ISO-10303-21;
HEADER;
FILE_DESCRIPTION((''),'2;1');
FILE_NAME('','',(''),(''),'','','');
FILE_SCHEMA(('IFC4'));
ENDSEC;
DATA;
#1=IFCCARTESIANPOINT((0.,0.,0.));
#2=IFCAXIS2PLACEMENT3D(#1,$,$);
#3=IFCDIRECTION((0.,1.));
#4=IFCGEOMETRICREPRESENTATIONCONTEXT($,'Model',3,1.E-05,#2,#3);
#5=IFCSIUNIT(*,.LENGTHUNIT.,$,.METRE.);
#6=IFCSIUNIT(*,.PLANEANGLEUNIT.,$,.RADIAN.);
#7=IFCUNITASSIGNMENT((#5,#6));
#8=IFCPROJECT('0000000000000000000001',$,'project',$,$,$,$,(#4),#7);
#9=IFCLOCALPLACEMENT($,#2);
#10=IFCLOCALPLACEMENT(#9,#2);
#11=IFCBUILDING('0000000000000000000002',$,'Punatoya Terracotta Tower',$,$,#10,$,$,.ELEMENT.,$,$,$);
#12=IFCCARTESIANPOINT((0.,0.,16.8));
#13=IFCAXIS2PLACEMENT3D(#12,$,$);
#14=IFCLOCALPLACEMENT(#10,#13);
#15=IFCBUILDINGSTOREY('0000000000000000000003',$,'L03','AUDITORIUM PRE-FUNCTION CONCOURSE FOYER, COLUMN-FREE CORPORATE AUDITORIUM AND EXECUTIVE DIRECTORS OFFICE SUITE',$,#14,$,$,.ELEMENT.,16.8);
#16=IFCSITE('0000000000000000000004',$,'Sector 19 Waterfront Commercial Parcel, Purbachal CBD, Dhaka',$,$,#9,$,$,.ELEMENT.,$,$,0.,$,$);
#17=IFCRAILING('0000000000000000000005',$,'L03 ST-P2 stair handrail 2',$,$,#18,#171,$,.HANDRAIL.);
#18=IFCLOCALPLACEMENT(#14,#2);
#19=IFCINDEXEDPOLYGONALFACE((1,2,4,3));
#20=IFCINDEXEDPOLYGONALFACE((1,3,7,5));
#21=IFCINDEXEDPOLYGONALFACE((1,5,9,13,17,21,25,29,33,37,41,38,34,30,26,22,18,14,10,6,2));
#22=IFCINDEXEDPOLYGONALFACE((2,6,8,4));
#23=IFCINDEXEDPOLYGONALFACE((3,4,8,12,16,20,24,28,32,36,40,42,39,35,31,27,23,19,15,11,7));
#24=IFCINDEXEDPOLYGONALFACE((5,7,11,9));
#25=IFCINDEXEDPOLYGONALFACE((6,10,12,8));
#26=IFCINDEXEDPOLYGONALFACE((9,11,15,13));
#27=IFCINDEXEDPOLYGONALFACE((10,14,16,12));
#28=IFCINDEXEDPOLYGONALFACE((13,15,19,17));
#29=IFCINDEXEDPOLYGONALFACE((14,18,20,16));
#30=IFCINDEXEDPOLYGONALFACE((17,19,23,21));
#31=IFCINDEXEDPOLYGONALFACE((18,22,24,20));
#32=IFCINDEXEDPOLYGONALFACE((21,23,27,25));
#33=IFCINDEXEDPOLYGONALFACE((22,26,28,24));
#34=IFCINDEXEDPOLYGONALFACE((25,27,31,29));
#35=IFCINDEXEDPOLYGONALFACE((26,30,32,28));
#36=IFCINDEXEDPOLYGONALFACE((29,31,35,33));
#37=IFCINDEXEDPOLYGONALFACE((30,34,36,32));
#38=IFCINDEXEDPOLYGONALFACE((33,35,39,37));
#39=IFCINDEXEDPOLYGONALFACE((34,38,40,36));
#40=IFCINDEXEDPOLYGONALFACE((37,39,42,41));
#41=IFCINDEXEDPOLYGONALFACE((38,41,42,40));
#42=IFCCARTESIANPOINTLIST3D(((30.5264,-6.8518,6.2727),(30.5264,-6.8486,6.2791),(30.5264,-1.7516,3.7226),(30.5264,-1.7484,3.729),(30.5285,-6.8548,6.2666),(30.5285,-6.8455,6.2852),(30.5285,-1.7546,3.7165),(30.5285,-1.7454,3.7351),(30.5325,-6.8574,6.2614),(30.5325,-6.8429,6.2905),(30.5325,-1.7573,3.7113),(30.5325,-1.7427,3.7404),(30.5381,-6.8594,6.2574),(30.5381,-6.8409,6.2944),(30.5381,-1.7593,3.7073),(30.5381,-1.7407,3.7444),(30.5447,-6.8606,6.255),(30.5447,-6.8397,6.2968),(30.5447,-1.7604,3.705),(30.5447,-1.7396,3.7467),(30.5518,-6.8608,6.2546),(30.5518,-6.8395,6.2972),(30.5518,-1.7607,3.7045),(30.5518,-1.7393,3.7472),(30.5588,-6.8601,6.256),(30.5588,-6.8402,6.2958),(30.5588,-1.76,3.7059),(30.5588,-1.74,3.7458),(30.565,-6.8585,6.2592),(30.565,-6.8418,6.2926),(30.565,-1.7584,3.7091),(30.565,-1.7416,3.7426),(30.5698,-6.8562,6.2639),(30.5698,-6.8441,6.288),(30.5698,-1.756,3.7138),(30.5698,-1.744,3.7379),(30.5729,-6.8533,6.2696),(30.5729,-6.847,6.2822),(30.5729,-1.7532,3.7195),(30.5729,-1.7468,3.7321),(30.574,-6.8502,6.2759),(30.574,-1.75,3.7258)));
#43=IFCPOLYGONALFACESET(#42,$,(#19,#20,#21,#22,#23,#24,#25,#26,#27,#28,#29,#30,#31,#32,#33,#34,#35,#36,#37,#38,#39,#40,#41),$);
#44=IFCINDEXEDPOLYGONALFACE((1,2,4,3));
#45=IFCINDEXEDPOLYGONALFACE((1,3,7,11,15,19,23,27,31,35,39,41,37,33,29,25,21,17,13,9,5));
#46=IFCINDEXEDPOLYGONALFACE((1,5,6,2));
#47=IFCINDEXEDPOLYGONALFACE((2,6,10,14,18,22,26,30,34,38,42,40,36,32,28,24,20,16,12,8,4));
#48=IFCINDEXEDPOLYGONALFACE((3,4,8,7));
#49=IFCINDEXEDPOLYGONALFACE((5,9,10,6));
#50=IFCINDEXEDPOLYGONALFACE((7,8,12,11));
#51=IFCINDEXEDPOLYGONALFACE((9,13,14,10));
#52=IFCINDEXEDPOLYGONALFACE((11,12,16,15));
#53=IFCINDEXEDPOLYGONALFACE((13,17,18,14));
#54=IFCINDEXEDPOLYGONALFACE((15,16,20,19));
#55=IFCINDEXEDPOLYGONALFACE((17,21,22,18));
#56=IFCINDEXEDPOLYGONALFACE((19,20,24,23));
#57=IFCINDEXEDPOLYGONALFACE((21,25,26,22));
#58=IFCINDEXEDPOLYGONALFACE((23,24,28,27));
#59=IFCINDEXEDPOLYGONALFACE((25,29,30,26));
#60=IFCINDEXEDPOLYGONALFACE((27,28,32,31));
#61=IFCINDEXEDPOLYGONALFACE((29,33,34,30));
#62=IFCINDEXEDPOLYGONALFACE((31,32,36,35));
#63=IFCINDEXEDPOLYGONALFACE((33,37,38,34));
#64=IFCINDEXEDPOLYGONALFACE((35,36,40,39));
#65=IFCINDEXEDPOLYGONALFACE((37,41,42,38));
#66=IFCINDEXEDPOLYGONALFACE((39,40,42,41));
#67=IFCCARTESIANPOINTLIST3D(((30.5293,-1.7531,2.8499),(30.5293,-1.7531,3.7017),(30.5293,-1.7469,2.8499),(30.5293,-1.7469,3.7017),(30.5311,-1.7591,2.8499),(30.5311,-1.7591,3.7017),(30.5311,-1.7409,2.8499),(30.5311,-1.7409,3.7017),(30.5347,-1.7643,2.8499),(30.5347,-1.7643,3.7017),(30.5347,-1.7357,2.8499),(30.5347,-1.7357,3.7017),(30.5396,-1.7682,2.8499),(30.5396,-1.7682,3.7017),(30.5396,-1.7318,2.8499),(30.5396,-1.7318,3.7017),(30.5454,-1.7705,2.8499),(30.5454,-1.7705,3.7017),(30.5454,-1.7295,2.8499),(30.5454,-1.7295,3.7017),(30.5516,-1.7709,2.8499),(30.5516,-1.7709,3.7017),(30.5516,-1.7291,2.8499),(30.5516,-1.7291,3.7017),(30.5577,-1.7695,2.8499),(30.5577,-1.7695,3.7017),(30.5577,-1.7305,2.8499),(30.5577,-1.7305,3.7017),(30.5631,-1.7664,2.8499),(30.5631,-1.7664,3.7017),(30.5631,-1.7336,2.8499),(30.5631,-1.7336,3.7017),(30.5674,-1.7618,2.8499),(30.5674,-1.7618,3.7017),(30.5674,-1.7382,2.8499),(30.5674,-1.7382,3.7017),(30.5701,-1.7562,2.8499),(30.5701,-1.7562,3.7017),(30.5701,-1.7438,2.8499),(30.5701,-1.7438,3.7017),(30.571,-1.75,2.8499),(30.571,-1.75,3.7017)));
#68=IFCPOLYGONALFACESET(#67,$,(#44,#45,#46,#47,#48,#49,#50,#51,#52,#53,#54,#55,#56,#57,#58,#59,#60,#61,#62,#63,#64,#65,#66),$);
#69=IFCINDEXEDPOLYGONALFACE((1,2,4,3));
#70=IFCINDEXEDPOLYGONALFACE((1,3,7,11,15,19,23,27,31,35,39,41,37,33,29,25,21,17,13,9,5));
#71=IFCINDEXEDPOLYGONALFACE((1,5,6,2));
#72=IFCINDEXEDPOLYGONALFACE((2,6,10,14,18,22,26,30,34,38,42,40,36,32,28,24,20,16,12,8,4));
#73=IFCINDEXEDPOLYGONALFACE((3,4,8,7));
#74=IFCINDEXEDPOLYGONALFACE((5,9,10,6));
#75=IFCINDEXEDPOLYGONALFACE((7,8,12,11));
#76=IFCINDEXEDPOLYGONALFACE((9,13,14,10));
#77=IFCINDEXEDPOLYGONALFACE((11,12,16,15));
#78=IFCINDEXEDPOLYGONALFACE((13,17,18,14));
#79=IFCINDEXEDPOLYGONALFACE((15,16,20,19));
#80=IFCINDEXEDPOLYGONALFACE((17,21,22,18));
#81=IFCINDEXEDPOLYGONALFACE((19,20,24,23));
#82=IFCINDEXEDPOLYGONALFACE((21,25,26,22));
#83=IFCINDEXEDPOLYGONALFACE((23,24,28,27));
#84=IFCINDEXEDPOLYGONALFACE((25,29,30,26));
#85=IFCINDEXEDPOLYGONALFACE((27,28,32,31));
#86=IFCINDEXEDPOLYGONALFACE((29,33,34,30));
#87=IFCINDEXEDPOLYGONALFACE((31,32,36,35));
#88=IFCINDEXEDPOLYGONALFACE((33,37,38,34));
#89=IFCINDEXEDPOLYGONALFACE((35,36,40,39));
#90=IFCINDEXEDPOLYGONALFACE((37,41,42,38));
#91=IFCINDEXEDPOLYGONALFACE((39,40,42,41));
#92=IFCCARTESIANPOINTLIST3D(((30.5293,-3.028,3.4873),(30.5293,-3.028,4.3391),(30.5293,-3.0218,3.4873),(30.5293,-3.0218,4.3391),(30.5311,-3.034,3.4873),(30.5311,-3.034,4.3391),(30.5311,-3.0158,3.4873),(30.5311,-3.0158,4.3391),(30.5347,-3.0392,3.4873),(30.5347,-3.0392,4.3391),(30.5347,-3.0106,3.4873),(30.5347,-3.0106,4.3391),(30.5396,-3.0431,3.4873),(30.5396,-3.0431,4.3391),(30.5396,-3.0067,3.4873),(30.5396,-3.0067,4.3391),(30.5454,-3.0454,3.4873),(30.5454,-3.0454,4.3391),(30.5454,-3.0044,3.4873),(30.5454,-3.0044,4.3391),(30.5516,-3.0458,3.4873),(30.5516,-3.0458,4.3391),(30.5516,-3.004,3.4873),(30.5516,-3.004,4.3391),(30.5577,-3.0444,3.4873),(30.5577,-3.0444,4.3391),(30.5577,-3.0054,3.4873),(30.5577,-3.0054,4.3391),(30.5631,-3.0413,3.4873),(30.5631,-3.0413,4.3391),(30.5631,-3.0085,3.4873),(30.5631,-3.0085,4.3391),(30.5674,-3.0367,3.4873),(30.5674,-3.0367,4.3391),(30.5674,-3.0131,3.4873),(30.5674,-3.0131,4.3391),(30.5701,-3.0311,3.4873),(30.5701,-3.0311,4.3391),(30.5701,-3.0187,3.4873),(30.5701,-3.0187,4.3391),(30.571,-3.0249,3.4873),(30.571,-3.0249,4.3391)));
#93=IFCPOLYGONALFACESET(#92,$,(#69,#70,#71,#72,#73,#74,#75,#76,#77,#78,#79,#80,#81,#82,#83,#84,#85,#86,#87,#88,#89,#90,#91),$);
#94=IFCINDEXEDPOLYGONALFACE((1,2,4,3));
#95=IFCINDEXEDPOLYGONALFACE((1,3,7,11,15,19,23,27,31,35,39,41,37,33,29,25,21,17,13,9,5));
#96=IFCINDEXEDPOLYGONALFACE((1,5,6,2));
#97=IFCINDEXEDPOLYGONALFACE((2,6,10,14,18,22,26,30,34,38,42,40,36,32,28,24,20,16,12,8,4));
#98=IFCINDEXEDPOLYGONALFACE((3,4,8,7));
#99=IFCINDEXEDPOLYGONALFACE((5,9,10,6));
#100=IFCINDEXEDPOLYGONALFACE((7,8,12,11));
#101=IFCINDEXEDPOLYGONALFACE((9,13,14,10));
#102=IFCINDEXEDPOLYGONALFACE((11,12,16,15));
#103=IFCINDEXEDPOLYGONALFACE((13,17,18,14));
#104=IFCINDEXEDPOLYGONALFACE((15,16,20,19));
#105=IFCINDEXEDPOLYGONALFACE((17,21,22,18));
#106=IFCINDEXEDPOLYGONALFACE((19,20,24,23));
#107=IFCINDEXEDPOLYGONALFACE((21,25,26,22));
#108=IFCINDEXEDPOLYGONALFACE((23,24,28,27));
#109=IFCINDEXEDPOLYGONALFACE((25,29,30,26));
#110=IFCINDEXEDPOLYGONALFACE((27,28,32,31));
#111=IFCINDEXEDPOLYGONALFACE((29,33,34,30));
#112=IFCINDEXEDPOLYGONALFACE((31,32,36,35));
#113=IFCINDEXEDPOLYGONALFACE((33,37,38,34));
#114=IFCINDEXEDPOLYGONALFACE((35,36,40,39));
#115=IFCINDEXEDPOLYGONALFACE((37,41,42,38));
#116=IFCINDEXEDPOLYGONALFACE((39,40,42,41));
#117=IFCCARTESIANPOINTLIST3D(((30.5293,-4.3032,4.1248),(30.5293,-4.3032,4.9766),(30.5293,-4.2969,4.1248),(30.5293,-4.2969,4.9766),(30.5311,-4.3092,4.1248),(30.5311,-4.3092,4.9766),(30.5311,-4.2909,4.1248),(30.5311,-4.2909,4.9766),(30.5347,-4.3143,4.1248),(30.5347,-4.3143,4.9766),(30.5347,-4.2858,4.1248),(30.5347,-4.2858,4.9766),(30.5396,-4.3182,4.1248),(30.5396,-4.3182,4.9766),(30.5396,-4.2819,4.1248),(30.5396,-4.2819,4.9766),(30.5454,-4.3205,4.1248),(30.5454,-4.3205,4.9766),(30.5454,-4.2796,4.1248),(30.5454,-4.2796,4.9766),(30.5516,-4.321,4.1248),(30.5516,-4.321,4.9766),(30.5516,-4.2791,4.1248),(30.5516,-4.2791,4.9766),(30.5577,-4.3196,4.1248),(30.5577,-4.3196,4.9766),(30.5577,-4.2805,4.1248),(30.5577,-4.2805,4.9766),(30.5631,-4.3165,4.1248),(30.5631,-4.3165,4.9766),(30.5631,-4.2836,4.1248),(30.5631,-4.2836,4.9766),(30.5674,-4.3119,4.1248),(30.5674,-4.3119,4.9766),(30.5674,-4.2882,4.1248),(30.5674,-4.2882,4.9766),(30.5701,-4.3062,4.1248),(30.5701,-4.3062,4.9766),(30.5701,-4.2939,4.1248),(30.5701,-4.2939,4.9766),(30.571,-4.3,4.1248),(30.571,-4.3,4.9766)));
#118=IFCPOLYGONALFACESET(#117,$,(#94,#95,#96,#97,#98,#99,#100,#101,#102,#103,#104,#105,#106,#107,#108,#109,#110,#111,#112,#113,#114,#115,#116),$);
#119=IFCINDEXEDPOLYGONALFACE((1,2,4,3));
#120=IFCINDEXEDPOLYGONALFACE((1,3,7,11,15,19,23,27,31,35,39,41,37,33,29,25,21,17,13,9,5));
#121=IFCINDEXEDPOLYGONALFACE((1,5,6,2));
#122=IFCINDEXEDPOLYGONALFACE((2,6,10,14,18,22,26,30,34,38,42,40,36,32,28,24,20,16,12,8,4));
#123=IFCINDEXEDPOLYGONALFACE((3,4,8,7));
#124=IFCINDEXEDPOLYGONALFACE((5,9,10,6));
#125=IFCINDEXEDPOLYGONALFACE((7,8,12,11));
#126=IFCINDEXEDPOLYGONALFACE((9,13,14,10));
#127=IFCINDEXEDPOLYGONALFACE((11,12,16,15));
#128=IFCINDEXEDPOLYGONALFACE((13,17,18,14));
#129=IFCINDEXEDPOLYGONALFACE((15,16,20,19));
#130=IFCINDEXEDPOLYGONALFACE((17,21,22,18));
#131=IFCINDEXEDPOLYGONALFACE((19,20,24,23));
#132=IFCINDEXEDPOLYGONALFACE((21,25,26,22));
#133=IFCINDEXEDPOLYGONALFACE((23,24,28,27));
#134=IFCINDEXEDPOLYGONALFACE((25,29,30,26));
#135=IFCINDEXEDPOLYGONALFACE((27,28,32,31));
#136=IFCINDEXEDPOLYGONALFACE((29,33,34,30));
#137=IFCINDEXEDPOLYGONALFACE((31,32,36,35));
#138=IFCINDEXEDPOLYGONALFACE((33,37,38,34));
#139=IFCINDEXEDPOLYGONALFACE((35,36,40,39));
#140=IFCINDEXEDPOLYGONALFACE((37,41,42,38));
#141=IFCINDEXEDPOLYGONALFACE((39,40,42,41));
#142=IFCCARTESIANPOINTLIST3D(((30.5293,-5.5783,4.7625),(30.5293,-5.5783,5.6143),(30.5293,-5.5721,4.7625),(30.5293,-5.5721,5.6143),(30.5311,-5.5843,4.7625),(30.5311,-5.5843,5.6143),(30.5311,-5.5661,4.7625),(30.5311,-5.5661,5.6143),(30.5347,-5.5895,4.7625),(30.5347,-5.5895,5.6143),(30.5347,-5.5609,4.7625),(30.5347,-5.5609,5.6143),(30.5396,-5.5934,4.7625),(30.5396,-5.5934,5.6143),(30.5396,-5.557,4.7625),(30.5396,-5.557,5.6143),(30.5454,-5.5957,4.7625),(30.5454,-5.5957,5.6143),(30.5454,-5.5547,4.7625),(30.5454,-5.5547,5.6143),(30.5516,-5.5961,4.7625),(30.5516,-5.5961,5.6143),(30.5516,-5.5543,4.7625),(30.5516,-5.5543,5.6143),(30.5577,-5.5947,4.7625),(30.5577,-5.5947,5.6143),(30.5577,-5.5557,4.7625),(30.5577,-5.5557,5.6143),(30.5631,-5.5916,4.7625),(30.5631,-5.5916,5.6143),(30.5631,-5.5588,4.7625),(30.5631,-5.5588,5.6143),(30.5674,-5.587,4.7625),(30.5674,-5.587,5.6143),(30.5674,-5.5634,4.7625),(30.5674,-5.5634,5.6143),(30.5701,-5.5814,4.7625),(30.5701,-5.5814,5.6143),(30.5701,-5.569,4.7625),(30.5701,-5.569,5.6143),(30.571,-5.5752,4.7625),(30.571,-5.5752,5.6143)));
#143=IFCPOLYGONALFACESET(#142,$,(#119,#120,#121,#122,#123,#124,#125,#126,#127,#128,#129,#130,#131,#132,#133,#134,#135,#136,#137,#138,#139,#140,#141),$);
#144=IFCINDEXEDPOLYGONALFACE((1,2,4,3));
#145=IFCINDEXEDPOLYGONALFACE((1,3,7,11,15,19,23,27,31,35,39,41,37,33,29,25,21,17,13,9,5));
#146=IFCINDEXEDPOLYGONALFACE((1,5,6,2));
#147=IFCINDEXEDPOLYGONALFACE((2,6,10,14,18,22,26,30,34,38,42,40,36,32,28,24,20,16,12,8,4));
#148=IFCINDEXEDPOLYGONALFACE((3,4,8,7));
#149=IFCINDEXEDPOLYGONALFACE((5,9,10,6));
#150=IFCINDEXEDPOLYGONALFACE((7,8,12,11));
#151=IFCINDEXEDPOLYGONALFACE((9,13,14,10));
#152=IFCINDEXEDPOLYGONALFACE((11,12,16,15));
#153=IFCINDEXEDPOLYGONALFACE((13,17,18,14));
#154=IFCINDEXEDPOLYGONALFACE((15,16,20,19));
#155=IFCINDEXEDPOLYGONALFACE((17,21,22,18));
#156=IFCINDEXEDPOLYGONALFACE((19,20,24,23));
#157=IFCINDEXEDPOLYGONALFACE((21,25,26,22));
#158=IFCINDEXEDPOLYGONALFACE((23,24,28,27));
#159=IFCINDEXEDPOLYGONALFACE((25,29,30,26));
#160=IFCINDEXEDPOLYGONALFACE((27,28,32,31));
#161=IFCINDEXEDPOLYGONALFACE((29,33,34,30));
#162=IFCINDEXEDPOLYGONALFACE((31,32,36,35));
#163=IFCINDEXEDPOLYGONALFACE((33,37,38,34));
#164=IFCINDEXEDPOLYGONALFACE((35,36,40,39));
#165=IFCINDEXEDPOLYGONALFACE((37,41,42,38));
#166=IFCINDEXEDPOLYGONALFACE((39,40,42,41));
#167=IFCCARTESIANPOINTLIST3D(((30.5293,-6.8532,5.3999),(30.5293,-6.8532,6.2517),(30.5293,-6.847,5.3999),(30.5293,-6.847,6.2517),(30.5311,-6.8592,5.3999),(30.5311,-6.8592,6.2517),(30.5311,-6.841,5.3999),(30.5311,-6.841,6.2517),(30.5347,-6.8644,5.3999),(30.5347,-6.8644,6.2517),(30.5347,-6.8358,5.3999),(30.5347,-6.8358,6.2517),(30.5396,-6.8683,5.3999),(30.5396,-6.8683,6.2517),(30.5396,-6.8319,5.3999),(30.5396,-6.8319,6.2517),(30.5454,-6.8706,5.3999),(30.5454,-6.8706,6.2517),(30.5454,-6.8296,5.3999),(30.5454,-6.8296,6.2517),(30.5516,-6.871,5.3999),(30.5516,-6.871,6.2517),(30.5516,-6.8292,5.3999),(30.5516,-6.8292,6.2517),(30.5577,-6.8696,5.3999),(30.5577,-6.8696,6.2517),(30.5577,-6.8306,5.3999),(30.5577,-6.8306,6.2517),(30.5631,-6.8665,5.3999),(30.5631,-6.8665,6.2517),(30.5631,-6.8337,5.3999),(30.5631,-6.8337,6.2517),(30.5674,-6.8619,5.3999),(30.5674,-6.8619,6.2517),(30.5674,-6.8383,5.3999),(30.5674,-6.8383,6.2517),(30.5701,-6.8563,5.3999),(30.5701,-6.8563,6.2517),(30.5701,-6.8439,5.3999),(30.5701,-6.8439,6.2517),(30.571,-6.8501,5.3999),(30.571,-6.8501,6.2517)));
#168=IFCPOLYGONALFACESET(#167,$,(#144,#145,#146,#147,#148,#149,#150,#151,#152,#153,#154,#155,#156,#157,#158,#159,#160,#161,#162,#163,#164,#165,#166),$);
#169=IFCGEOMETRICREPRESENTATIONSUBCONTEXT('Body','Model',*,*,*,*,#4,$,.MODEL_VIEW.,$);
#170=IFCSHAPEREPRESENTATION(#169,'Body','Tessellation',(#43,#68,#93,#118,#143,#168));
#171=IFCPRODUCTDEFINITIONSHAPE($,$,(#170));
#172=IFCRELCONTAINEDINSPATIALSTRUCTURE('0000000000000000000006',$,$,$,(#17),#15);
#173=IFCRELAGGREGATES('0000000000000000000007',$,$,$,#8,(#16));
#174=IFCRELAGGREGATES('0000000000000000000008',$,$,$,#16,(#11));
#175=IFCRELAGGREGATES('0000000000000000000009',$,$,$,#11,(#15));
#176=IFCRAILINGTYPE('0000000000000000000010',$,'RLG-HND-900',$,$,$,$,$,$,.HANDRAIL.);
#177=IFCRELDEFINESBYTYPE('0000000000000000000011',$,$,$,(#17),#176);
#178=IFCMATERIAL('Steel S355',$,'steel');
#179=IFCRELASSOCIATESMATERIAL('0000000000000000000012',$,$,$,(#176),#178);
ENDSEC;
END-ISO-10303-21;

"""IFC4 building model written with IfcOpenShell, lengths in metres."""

from ifc_helpers import new_model, si_unit, direction, frame, origin, origin_2d, place, context, subcontext, project, spatial, circle, extrude, material, type_object, element, save


model = new_model("IFC4")

# Units and contexts
model_context = context("Model", 3, precision=1e-05, world=origin(), true_north=direction((0.0, 1.0)))
body_context = subcontext(model_context, "Body", "Model", "MODEL_VIEW")
ifc_project = project(units=[si_unit("LENGTHUNIT", "METRE"), si_unit("PLANEANGLEUNIT", "RADIAN")], contexts=[model_context])

# Site, building, storey
site_placement = place(None, origin())
site = spatial("IfcSite", under=ifc_project, at=site_placement, Name="Sector 19 Waterfront Commercial Parcel, Purbachal CBD, Dhaka", CompositionType="ELEMENT", RefElevation=0.0)
building_placement = place(site_placement, origin())
building = spatial("IfcBuilding", under=site, at=building_placement, Name="Punatoya Terracotta Tower", CompositionType="ELEMENT")
storey_placement = place(building_placement, frame((0.0, 0.0, 16.8)))
storey = spatial("IfcBuildingStorey", under=building, at=storey_placement, Name="L03", Description="AUDITORIUM PRE-FUNCTION CONCOURSE FOYER, COLUMN-FREE CORPORATE AUDITORIUM AND EXECUTIVE DIRECTORS OFFICE SUITE", CompositionType="ELEMENT", Elevation=16.8)

# Shared definitions
ifc_material_1 = material(Name="Steel S355", Category="steel")

# Railing
railing_type_1 = type_object("IfcRailingType", Name="RLG-HND-900", PredefinedType="HANDRAIL", material=ifc_material_1)
railing_1_placement = place(storey_placement, frame((30.55, -1.75, 2.8499)))
element("IfcRailing", 1, at=railing_1_placement, inside=storey, type_object=railing_type_1, Name="L03 ST-P2 stair handrail 2", PredefinedType="HANDRAIL", context=body_context, shape_type="SweptSolid", body=[
    extrude(circle(Radius=0.0239, at=origin_2d()), frame((0.0, 0.0, 0.876), z_axis=(0.0, -0.894427, 0.447214), x_axis=(1.0, 0.0, 0.0)), (0.0, 0.0, 1.0), 5.7021),
    extrude(circle(Radius=0.021, at=origin_2d()), origin(), (0.0, 0.0, 1.0), 0.8518),
    extrude(circle(Radius=0.021, at=origin_2d()), frame((0.0, -1.2749, 0.6375)), (0.0, 0.0, 1.0), 0.8518),
    extrude(circle(Radius=0.021, at=origin_2d()), frame((0.0, -2.55, 1.2749)), (0.0, 0.0, 1.0), 0.8518),
    extrude(circle(Radius=0.021, at=origin_2d()), frame((0.0, -3.8252, 1.9126)), (0.0, 0.0, 1.0), 0.8518),
    extrude(circle(Radius=0.021, at=origin_2d()), frame((0.0, -5.1001, 2.55)), (0.0, 0.0, 1.0), 0.8518),
])

save(model, "model.ifc")
